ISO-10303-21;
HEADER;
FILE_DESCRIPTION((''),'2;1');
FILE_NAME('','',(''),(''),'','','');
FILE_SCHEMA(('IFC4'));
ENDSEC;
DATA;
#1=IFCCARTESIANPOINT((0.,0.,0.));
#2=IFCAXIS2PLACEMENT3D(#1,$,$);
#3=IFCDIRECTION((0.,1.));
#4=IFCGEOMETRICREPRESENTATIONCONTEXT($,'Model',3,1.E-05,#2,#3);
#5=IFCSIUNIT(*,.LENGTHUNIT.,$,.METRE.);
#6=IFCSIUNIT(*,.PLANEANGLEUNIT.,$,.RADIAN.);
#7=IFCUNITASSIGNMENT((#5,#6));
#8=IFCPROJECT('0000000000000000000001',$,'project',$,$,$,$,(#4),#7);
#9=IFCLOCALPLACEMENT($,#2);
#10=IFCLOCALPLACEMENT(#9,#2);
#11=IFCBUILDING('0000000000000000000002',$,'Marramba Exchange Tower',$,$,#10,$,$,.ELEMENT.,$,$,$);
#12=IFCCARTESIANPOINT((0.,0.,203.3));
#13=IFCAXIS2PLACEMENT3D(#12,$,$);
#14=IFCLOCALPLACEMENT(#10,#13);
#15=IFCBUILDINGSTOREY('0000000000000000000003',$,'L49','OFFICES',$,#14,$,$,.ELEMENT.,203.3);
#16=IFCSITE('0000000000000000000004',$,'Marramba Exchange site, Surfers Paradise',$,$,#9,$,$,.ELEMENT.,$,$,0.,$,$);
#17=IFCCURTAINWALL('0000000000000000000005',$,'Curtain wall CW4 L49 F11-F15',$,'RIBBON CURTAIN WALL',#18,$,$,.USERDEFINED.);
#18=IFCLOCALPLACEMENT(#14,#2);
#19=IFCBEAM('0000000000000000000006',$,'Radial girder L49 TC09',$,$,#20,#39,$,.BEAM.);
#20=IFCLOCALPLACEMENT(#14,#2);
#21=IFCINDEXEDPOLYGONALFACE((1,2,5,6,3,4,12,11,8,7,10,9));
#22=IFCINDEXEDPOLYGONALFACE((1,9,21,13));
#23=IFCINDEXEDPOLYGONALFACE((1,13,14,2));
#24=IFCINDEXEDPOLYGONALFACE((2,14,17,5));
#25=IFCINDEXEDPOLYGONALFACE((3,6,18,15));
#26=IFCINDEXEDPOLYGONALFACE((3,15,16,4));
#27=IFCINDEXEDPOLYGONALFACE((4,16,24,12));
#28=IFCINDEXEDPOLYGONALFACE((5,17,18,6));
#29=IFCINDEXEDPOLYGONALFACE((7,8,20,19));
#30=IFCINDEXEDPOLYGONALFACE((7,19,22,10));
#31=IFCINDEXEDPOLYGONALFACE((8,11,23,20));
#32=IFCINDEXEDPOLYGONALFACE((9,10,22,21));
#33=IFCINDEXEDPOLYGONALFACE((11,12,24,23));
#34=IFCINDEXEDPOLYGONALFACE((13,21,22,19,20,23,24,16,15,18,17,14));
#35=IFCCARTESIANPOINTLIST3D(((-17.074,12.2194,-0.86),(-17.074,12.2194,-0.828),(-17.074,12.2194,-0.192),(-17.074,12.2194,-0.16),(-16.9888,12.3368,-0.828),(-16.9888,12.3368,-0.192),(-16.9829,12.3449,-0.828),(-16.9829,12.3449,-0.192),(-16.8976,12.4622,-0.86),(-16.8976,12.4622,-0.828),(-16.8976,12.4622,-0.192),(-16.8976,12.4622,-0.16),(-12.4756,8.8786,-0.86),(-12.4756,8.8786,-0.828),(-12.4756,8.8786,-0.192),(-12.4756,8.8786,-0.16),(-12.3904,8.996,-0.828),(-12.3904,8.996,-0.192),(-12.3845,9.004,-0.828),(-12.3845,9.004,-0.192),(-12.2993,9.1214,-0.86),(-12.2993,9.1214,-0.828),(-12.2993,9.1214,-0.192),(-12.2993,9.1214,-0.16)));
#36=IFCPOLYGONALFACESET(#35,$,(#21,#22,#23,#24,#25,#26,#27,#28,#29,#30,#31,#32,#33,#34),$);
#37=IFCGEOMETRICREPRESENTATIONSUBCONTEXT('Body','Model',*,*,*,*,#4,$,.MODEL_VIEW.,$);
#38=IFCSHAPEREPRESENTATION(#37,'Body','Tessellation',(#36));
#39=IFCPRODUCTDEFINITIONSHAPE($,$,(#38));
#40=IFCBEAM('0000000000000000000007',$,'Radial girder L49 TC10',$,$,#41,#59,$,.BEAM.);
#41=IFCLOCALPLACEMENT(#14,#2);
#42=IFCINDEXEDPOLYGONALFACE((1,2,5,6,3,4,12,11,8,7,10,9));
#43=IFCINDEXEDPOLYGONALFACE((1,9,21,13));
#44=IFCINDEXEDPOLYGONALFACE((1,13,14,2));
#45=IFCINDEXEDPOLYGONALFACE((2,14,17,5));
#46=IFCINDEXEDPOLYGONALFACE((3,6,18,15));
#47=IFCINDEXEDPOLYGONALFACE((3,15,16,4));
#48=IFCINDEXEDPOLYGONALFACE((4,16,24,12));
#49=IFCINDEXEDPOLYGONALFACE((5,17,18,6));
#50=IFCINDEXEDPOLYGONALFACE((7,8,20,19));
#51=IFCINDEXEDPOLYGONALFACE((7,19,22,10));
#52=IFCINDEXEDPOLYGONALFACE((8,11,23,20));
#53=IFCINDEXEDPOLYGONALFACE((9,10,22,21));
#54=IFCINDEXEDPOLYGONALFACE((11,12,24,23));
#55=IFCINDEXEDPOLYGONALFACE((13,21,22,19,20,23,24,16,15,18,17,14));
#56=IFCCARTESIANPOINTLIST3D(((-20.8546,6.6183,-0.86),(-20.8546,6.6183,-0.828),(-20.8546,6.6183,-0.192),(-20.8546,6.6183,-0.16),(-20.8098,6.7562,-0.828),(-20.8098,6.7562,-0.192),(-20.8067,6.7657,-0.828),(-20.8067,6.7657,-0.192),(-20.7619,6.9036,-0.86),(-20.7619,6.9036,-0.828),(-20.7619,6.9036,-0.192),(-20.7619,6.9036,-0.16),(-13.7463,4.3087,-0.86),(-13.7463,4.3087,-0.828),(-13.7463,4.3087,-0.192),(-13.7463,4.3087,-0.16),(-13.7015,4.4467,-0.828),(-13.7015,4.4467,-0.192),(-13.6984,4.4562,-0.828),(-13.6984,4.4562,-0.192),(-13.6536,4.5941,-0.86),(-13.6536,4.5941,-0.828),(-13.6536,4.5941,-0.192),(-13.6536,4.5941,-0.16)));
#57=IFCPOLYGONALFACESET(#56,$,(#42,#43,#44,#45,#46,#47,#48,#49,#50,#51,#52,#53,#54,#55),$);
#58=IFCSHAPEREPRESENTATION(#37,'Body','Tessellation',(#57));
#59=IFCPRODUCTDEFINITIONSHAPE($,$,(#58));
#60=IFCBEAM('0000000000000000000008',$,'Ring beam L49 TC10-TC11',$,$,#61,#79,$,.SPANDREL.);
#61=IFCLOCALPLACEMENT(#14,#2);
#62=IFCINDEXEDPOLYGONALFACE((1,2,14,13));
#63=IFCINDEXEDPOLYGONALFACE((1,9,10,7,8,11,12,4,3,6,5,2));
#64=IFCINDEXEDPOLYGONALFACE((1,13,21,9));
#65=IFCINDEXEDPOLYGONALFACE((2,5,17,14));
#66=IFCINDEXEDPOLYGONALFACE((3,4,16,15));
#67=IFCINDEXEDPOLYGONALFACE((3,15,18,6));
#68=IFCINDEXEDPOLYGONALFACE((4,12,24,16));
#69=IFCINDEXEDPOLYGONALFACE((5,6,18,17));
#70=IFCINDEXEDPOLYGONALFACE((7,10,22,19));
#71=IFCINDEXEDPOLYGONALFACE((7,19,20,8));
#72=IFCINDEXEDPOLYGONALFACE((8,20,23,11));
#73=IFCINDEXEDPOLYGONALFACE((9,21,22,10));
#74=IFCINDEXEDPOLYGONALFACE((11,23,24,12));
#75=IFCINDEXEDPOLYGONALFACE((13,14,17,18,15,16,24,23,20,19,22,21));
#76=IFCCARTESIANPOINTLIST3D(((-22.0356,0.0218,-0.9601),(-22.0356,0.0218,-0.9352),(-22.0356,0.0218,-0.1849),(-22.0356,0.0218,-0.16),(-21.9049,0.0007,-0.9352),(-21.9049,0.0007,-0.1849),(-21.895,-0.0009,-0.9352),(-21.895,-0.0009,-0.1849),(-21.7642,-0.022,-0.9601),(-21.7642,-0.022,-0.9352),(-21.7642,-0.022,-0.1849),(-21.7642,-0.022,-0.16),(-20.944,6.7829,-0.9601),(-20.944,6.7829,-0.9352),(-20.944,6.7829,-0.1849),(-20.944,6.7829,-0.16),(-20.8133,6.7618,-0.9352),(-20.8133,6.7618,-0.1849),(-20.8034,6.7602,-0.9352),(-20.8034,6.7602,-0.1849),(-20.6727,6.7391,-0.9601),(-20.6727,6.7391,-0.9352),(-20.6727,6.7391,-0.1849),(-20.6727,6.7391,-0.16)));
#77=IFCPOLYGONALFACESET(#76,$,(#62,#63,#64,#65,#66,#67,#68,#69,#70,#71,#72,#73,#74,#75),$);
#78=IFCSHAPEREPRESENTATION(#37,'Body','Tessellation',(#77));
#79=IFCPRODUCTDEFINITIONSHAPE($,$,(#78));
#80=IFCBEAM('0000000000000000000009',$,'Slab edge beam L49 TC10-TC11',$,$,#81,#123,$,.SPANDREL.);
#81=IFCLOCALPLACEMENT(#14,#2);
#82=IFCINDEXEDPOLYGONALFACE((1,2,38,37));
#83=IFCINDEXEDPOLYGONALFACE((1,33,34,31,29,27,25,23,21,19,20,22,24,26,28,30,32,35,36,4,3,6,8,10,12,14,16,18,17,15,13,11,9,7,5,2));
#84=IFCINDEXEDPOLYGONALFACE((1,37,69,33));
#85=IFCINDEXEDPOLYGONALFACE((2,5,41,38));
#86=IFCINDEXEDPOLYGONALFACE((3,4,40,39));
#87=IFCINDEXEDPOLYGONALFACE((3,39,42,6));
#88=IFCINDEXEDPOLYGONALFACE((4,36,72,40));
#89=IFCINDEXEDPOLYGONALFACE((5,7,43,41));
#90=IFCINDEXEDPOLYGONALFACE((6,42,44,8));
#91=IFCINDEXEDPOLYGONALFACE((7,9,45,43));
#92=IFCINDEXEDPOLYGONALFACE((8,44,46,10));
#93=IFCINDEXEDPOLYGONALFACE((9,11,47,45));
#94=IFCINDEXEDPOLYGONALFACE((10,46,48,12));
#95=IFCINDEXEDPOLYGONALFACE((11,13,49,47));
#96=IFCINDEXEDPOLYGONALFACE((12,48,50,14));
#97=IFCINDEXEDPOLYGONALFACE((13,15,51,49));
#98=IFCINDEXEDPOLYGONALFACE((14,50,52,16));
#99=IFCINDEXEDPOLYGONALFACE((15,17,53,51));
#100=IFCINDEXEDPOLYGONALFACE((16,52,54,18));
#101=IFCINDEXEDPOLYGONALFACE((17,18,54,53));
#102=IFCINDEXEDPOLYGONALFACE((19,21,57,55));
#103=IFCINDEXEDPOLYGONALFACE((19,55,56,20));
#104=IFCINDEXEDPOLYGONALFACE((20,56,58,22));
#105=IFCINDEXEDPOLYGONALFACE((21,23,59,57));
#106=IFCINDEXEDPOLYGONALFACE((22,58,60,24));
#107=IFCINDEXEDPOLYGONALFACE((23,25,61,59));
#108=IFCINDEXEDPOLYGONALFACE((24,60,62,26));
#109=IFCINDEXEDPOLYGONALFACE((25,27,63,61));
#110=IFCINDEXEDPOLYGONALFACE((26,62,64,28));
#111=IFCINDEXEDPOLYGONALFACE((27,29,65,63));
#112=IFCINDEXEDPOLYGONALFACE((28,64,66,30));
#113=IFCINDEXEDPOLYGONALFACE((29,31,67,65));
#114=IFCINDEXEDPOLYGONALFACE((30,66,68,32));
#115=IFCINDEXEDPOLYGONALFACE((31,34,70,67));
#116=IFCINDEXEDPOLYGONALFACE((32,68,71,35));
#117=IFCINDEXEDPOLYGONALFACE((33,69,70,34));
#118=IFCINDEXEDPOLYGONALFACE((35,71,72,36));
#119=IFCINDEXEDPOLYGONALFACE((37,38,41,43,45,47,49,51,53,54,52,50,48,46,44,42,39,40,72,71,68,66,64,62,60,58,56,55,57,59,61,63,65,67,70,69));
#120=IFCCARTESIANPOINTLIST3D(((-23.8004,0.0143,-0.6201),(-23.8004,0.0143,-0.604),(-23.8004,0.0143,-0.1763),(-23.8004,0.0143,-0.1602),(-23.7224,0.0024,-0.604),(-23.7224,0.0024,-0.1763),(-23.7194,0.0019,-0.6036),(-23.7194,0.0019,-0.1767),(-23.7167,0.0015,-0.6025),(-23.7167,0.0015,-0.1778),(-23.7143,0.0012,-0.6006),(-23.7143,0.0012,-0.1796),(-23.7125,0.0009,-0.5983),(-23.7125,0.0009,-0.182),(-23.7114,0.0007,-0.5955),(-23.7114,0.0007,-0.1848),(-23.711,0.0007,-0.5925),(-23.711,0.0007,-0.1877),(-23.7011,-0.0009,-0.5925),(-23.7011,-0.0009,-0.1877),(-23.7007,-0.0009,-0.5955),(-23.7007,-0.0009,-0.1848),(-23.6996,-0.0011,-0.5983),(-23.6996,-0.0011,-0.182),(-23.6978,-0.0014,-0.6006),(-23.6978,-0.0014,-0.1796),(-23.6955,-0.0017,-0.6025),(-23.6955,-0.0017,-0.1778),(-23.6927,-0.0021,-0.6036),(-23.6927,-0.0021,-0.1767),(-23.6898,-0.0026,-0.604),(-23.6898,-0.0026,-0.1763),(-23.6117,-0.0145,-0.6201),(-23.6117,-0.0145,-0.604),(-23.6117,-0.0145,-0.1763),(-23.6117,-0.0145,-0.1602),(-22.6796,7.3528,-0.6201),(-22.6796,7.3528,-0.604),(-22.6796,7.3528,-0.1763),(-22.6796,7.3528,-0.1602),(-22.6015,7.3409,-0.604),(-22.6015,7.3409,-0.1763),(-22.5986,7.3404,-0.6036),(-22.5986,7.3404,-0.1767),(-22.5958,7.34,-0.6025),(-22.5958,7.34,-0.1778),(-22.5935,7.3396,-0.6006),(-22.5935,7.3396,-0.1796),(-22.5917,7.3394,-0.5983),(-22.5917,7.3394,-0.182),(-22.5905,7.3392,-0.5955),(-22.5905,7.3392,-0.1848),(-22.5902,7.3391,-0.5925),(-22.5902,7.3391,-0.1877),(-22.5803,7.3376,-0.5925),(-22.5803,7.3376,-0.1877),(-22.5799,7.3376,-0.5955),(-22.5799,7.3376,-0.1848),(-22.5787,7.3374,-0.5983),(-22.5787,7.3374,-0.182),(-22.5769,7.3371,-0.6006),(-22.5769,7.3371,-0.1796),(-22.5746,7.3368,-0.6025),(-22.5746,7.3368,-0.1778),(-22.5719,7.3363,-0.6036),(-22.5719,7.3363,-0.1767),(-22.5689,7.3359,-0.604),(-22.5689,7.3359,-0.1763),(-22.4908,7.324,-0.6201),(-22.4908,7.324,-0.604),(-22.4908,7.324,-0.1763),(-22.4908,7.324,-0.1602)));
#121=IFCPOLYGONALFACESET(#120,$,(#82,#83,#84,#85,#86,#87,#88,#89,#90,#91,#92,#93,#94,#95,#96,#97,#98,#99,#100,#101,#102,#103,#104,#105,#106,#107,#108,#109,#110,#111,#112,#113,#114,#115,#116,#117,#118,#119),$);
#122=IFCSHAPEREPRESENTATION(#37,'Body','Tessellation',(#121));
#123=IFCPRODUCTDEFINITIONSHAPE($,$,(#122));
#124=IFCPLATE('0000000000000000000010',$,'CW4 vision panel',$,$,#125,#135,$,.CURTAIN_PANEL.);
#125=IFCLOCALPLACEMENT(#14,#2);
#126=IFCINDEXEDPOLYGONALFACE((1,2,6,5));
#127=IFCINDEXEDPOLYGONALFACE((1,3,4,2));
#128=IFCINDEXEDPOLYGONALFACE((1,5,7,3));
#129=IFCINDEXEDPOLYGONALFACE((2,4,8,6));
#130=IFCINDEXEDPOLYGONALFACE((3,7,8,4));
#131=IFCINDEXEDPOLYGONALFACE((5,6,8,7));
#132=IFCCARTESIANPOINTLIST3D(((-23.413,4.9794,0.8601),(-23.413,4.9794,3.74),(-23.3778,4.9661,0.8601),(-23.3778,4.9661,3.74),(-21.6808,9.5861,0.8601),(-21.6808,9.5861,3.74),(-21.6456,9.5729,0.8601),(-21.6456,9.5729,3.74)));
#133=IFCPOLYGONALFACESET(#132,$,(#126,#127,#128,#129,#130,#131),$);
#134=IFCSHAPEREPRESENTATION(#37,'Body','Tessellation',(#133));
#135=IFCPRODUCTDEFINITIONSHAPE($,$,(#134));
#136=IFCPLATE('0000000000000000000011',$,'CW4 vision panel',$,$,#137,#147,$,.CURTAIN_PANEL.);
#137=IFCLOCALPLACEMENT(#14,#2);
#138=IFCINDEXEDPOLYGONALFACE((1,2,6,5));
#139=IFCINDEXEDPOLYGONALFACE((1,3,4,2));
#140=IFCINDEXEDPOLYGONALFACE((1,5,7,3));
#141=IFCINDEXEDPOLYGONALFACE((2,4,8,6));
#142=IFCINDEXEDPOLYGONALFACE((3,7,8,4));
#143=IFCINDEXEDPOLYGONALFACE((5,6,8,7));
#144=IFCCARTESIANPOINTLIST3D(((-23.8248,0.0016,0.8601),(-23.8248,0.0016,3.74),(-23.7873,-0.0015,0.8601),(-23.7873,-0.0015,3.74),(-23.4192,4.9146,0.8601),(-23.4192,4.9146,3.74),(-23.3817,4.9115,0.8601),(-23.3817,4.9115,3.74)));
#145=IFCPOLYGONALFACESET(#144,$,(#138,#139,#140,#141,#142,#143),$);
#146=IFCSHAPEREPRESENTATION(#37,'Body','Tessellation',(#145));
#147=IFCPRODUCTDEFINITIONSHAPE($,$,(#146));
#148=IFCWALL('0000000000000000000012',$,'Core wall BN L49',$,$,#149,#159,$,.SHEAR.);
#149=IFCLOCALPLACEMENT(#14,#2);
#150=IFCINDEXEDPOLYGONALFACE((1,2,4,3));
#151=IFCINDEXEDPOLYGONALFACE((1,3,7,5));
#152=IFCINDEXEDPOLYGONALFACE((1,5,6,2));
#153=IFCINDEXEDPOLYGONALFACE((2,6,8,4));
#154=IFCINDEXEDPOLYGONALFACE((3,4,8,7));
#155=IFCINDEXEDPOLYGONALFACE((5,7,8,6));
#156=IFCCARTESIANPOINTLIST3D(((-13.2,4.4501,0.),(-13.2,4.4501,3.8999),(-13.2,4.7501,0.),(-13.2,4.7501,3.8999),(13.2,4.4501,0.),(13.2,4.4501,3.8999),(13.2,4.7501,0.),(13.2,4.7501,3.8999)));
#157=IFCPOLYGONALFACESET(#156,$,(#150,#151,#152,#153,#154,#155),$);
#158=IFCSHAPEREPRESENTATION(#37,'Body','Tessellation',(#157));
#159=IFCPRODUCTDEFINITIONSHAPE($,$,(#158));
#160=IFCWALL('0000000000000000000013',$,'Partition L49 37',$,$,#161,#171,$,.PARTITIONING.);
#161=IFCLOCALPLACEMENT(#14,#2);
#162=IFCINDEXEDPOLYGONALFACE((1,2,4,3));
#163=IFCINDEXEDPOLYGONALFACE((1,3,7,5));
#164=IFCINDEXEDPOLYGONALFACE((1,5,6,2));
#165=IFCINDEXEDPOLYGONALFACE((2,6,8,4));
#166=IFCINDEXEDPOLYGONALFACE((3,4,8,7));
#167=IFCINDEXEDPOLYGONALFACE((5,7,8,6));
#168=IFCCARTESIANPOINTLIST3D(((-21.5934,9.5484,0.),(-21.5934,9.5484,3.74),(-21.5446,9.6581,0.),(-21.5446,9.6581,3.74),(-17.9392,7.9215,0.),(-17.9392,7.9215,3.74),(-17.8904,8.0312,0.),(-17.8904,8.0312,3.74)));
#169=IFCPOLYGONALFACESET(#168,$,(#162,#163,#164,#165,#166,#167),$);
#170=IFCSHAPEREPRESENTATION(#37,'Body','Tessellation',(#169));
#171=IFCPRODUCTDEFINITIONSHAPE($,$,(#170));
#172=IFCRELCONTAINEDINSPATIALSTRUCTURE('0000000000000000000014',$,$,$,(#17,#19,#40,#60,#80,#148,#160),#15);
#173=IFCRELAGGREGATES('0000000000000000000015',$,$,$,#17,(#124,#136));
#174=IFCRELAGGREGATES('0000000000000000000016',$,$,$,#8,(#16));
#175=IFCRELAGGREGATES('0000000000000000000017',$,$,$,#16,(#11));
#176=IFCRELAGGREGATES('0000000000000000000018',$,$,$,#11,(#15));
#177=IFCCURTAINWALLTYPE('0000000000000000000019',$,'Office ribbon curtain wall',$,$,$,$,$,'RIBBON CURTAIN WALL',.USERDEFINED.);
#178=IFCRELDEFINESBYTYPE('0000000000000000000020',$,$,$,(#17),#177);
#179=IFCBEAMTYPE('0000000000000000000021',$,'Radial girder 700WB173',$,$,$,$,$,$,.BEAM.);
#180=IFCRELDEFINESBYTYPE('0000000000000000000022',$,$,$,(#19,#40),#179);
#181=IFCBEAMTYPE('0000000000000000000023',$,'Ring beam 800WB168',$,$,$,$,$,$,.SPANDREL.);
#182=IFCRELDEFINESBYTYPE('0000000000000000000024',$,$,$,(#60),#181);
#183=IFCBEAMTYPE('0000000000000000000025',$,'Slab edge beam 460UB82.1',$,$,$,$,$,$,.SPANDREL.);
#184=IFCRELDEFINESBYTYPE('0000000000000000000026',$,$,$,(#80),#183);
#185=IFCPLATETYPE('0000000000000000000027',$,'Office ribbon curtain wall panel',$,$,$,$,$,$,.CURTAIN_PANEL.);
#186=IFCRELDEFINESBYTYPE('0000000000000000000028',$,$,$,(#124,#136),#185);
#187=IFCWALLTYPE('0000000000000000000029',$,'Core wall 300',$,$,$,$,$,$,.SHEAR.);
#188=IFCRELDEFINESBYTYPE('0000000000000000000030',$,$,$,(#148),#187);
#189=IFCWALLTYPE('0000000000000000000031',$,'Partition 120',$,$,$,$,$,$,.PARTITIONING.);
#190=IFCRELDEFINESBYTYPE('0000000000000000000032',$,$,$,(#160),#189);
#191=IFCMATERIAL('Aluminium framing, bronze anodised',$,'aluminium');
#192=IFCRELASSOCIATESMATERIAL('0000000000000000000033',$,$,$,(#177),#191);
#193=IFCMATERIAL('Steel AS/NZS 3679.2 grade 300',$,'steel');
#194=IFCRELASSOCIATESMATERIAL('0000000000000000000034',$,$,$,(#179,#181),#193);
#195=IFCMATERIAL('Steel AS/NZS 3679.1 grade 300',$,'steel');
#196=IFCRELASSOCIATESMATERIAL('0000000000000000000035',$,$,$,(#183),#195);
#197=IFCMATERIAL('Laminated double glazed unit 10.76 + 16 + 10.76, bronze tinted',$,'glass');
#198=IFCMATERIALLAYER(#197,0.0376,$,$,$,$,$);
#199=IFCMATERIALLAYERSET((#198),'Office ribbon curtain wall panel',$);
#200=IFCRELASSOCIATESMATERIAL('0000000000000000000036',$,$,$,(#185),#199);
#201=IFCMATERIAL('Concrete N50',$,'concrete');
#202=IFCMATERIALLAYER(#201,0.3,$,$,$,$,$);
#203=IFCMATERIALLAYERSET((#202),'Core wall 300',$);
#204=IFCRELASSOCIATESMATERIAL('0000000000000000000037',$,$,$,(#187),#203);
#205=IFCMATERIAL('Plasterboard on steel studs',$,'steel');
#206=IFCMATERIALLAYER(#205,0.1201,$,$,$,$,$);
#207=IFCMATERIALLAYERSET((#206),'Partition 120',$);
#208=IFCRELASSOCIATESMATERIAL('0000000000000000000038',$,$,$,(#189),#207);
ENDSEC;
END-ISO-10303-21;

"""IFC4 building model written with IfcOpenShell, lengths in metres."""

from ifc_helpers import new_model, si_unit, direction, frame, frame_2d, origin, origin_2d, place, context, subcontext, project, spatial, rectangle, i_section, extrude, material, layer, layer_set, material_profile, profile_set, type_object, element, aggregate, save


model = new_model("IFC4")

# Units and contexts
model_context = context("Model", 3, precision=1e-05, world=origin(), true_north=direction((0.0, 1.0)))
body_context = subcontext(model_context, "Body", "Model", "MODEL_VIEW")
ifc_project = project(units=[si_unit("LENGTHUNIT", "METRE"), si_unit("PLANEANGLEUNIT", "RADIAN")], contexts=[model_context])

# Site, building, storey
site_placement = place(None, origin())
site = spatial("IfcSite", under=ifc_project, at=site_placement, Name="Marramba Exchange site, Surfers Paradise", CompositionType="ELEMENT", RefElevation=0.0)
building_placement = place(site_placement, origin())
building = spatial("IfcBuilding", under=site, at=building_placement, Name="Marramba Exchange Tower", CompositionType="ELEMENT")
storey_placement = place(building_placement, frame((0.0, 0.0, 203.3)))
storey = spatial("IfcBuildingStorey", under=building, at=storey_placement, Name="L49", Description="OFFICES", CompositionType="ELEMENT", Elevation=203.3)

# Shared definitions
ifc_material_1 = material(Name="Concrete N50", Category="concrete")

# Shared definitions
ifc_material_2 = material(Name="Steel AS/NZS 3679.2 grade 300", Category="steel")
ifc_material_3 = material(Name="Steel AS/NZS 3679.1 grade 300", Category="steel")

# Curtain wall
ifc_material_4 = material(Name="Aluminium framing, bronze anodised", Category="aluminium")
curtain_wall_type = type_object("IfcCurtainWallType", Name="Office ribbon curtain wall", ElementType="RIBBON CURTAIN WALL", PredefinedType="USERDEFINED", material=ifc_material_4)
curtain_wall_placement = place(storey_placement, origin())
curtain_wall = element("IfcCurtainWall", 1, at=curtain_wall_placement, inside=storey, type_object=curtain_wall_type, Name="Curtain wall CW4 L49 F11-F15", ObjectType="RIBBON CURTAIN WALL", PredefinedType="USERDEFINED")

# Beams
ifc_material_profile_1 = material_profile(ifc_material_2, i_section(OverallWidth=0.3, OverallDepth=0.7, WebThickness=0.01, FlangeThickness=0.032, at=origin_2d()), Name="700WB173")
ifc_profile_set_1 = profile_set([ifc_material_profile_1], Name="Steel AS/NZS 3679.2 grade 300")
beam_type_1 = type_object("IfcBeamType", Name="Radial girder 700WB173", PredefinedType="BEAM", material=ifc_profile_set_1)
beam_1_placement = place(storey_placement, frame((-12.3875, 9.0, -0.51), z_axis=(-0.809026, 0.587773, 0.0), x_axis=(-0.587773, -0.809026, 0.0)))
element("IfcBeam", 2, at=beam_1_placement, inside=storey, type_object=beam_type_1, Name="Radial girder L49 TC09", PredefinedType="BEAM", context=body_context, shape_type="SweptSolid", body=[
    extrude(i_section(OverallWidth=0.3, OverallDepth=0.7, WebThickness=0.01, FlangeThickness=0.032, at=origin_2d()), origin(), (0.0, 0.0, 1.0), 5.6838),
])
beam_2_placement = place(storey_placement, frame((-13.7, 4.4514, -0.51), z_axis=(-0.95106, 0.309006, 0.0), x_axis=(-0.309006, -0.95106, 0.0)))
element("IfcBeam", 3, at=beam_2_placement, inside=storey, type_object=beam_type_1, Name="Radial girder L49 TC10", PredefinedType="BEAM", context=body_context, shape_type="SweptSolid", body=[
    extrude(i_section(OverallWidth=0.3, OverallDepth=0.7, WebThickness=0.01, FlangeThickness=0.032, at=origin_2d()), origin(), (0.0, 0.0, 1.0), 7.4741),
])
ifc_material_profile_2 = material_profile(ifc_material_2, i_section(OverallWidth=0.2749, OverallDepth=0.8, WebThickness=0.01, FlangeThickness=0.0249, at=origin_2d()), Name="800WB168")
ifc_profile_set_2 = profile_set([ifc_material_profile_2], Name="Steel AS/NZS 3679.2 grade 300")
beam_type_2 = type_object("IfcBeamType", Name="Ring beam 800WB168", PredefinedType="SPANDREL", material=ifc_profile_set_2)
beam_3_placement = place(storey_placement, frame((-20.8083, 6.761, -0.5601), z_axis=(-0.159385, -0.987217, 0.0), x_axis=(0.987217, -0.159385, 0.0)))
element("IfcBeam", 4, at=beam_3_placement, inside=storey, type_object=beam_type_2, Name="Ring beam L49 TC10-TC11", PredefinedType="SPANDREL", context=body_context, shape_type="SweptSolid", body=[
    extrude(i_section(OverallWidth=0.2749, OverallDepth=0.8, WebThickness=0.01, FlangeThickness=0.0249, at=origin_2d()), origin(), (0.0, 0.0, 1.0), 6.8486),
])
ifc_material_profile_3 = material_profile(ifc_material_3, i_section(OverallWidth=0.1909, OverallDepth=0.46, WebThickness=0.01, FlangeThickness=0.0161, FilletRadius=0.0115, at=origin_2d()), Name="460UB82.1")
ifc_profile_set_3 = profile_set([ifc_material_profile_3], Name="Steel AS/NZS 3679.1 grade 300")
beam_type_3 = type_object("IfcBeamType", Name="Slab edge beam 460UB82.1", PredefinedType="SPANDREL", material=ifc_profile_set_3)
beam_4_placement = place(storey_placement, frame((-22.5852, 7.3384, -0.3901), z_axis=(-0.150987, -0.988536, 0.0), x_axis=(0.988536, -0.150987, 0.0)))
element("IfcBeam", 5, at=beam_4_placement, inside=storey, type_object=beam_type_3, Name="Slab edge beam L49 TC10-TC11", PredefinedType="SPANDREL", context=body_context, shape_type="SweptSolid", body=[
    extrude(i_section(OverallWidth=0.1909, OverallDepth=0.46, WebThickness=0.01, FlangeThickness=0.0161, FilletRadius=0.0115, at=origin_2d()), origin(), (0.0, 0.0, 1.0), 7.4236),
])

# Plates
ifc_material_5 = material(Name="Laminated double glazed unit 10.76 + 16 + 10.76, bronze tinted", Category="glass")
ifc_layer_1 = layer(ifc_material_5, 0.0376)
ifc_layer_set_1 = layer_set([ifc_layer_1], Name="Office ribbon curtain wall panel")
plate_type = type_object("IfcPlateType", Name="Office ribbon curtain wall panel", PredefinedType="CURTAIN_PANEL", material=ifc_layer_set_1)
plate_1_placement = place(storey_placement, frame((-22.5293, 7.2761, 0.8601), z_axis=(0.0, 0.0, 1.0), x_axis=(-0.351952, -0.936018, 0.0)))
plate_1 = element("IfcPlate", 6, at=plate_1_placement, type_object=plate_type, Name="CW4 vision panel", PredefinedType="CURTAIN_PANEL", context=body_context, shape_type="SweptSolid", body=[
    extrude(rectangle(XDim=4.9216, YDim=0.0376, at=origin_2d()), origin(), (0.0, 0.0, 1.0), 2.8799),
])
plate_2_placement = place(storey_placement, frame((-23.6033, 2.4565, 0.8601), z_axis=(0.0, 0.0, 1.0), x_axis=(-0.082281, -0.996609, 0.0)))
plate_2 = element("IfcPlate", 7, at=plate_2_placement, type_object=plate_type, Name="CW4 vision panel", PredefinedType="CURTAIN_PANEL", context=body_context, shape_type="SweptSolid", body=[
    extrude(rectangle(XDim=4.9297, YDim=0.0376, at=origin_2d()), origin(), (0.0, 0.0, 1.0), 2.8799),
])
aggregate(curtain_wall, [plate_1, plate_2])

# Walls
ifc_layer_2 = layer(ifc_material_1, 0.3)
ifc_layer_set_2 = layer_set([ifc_layer_2], Name="Core wall 300")
wall_type_1 = type_object("IfcWallType", Name="Core wall 300", PredefinedType="SHEAR", material=ifc_layer_set_2)
wall_1_placement = place(storey_placement, frame((-13.2, 4.6001, 0.0), z_axis=(0.0, 0.0, 1.0), x_axis=(1.0, 0.0, 0.0)))
element("IfcWall", 8, at=wall_1_placement, inside=storey, type_object=wall_type_1, Name="Core wall BN L49", PredefinedType="SHEAR", context=body_context, shape_type="SweptSolid", body=[
    extrude(rectangle(XDim=26.3999, YDim=0.3, at=frame_2d((13.2, 0.0))), origin(), (0.0, 0.0, 1.0), 3.8999),
])
ifc_material_6 = material(Name="Plasterboard on steel studs", Category="steel")
ifc_layer_3 = layer(ifc_material_6, 0.1201)
ifc_layer_set_3 = layer_set([ifc_layer_3], Name="Partition 120")
wall_type_2 = type_object("IfcWallType", Name="Partition 120", PredefinedType="PARTITIONING", material=ifc_layer_set_3)
wall_2_placement = place(storey_placement, frame((-17.9148, 7.9763, 0.0), z_axis=(0.0, 0.0, 1.0), x_axis=(-0.91355, 0.406727, 0.0)))
element("IfcWall", 9, at=wall_2_placement, inside=storey, type_object=wall_type_2, Name="Partition L49 37", PredefinedType="PARTITIONING", context=body_context, shape_type="SweptSolid", body=[
    extrude(rectangle(XDim=4.0, YDim=0.1201, at=frame_2d((2.0, 0.0))), origin(), (0.0, 0.0, 1.0), 3.74),
])

save(model, "model.ifc")
